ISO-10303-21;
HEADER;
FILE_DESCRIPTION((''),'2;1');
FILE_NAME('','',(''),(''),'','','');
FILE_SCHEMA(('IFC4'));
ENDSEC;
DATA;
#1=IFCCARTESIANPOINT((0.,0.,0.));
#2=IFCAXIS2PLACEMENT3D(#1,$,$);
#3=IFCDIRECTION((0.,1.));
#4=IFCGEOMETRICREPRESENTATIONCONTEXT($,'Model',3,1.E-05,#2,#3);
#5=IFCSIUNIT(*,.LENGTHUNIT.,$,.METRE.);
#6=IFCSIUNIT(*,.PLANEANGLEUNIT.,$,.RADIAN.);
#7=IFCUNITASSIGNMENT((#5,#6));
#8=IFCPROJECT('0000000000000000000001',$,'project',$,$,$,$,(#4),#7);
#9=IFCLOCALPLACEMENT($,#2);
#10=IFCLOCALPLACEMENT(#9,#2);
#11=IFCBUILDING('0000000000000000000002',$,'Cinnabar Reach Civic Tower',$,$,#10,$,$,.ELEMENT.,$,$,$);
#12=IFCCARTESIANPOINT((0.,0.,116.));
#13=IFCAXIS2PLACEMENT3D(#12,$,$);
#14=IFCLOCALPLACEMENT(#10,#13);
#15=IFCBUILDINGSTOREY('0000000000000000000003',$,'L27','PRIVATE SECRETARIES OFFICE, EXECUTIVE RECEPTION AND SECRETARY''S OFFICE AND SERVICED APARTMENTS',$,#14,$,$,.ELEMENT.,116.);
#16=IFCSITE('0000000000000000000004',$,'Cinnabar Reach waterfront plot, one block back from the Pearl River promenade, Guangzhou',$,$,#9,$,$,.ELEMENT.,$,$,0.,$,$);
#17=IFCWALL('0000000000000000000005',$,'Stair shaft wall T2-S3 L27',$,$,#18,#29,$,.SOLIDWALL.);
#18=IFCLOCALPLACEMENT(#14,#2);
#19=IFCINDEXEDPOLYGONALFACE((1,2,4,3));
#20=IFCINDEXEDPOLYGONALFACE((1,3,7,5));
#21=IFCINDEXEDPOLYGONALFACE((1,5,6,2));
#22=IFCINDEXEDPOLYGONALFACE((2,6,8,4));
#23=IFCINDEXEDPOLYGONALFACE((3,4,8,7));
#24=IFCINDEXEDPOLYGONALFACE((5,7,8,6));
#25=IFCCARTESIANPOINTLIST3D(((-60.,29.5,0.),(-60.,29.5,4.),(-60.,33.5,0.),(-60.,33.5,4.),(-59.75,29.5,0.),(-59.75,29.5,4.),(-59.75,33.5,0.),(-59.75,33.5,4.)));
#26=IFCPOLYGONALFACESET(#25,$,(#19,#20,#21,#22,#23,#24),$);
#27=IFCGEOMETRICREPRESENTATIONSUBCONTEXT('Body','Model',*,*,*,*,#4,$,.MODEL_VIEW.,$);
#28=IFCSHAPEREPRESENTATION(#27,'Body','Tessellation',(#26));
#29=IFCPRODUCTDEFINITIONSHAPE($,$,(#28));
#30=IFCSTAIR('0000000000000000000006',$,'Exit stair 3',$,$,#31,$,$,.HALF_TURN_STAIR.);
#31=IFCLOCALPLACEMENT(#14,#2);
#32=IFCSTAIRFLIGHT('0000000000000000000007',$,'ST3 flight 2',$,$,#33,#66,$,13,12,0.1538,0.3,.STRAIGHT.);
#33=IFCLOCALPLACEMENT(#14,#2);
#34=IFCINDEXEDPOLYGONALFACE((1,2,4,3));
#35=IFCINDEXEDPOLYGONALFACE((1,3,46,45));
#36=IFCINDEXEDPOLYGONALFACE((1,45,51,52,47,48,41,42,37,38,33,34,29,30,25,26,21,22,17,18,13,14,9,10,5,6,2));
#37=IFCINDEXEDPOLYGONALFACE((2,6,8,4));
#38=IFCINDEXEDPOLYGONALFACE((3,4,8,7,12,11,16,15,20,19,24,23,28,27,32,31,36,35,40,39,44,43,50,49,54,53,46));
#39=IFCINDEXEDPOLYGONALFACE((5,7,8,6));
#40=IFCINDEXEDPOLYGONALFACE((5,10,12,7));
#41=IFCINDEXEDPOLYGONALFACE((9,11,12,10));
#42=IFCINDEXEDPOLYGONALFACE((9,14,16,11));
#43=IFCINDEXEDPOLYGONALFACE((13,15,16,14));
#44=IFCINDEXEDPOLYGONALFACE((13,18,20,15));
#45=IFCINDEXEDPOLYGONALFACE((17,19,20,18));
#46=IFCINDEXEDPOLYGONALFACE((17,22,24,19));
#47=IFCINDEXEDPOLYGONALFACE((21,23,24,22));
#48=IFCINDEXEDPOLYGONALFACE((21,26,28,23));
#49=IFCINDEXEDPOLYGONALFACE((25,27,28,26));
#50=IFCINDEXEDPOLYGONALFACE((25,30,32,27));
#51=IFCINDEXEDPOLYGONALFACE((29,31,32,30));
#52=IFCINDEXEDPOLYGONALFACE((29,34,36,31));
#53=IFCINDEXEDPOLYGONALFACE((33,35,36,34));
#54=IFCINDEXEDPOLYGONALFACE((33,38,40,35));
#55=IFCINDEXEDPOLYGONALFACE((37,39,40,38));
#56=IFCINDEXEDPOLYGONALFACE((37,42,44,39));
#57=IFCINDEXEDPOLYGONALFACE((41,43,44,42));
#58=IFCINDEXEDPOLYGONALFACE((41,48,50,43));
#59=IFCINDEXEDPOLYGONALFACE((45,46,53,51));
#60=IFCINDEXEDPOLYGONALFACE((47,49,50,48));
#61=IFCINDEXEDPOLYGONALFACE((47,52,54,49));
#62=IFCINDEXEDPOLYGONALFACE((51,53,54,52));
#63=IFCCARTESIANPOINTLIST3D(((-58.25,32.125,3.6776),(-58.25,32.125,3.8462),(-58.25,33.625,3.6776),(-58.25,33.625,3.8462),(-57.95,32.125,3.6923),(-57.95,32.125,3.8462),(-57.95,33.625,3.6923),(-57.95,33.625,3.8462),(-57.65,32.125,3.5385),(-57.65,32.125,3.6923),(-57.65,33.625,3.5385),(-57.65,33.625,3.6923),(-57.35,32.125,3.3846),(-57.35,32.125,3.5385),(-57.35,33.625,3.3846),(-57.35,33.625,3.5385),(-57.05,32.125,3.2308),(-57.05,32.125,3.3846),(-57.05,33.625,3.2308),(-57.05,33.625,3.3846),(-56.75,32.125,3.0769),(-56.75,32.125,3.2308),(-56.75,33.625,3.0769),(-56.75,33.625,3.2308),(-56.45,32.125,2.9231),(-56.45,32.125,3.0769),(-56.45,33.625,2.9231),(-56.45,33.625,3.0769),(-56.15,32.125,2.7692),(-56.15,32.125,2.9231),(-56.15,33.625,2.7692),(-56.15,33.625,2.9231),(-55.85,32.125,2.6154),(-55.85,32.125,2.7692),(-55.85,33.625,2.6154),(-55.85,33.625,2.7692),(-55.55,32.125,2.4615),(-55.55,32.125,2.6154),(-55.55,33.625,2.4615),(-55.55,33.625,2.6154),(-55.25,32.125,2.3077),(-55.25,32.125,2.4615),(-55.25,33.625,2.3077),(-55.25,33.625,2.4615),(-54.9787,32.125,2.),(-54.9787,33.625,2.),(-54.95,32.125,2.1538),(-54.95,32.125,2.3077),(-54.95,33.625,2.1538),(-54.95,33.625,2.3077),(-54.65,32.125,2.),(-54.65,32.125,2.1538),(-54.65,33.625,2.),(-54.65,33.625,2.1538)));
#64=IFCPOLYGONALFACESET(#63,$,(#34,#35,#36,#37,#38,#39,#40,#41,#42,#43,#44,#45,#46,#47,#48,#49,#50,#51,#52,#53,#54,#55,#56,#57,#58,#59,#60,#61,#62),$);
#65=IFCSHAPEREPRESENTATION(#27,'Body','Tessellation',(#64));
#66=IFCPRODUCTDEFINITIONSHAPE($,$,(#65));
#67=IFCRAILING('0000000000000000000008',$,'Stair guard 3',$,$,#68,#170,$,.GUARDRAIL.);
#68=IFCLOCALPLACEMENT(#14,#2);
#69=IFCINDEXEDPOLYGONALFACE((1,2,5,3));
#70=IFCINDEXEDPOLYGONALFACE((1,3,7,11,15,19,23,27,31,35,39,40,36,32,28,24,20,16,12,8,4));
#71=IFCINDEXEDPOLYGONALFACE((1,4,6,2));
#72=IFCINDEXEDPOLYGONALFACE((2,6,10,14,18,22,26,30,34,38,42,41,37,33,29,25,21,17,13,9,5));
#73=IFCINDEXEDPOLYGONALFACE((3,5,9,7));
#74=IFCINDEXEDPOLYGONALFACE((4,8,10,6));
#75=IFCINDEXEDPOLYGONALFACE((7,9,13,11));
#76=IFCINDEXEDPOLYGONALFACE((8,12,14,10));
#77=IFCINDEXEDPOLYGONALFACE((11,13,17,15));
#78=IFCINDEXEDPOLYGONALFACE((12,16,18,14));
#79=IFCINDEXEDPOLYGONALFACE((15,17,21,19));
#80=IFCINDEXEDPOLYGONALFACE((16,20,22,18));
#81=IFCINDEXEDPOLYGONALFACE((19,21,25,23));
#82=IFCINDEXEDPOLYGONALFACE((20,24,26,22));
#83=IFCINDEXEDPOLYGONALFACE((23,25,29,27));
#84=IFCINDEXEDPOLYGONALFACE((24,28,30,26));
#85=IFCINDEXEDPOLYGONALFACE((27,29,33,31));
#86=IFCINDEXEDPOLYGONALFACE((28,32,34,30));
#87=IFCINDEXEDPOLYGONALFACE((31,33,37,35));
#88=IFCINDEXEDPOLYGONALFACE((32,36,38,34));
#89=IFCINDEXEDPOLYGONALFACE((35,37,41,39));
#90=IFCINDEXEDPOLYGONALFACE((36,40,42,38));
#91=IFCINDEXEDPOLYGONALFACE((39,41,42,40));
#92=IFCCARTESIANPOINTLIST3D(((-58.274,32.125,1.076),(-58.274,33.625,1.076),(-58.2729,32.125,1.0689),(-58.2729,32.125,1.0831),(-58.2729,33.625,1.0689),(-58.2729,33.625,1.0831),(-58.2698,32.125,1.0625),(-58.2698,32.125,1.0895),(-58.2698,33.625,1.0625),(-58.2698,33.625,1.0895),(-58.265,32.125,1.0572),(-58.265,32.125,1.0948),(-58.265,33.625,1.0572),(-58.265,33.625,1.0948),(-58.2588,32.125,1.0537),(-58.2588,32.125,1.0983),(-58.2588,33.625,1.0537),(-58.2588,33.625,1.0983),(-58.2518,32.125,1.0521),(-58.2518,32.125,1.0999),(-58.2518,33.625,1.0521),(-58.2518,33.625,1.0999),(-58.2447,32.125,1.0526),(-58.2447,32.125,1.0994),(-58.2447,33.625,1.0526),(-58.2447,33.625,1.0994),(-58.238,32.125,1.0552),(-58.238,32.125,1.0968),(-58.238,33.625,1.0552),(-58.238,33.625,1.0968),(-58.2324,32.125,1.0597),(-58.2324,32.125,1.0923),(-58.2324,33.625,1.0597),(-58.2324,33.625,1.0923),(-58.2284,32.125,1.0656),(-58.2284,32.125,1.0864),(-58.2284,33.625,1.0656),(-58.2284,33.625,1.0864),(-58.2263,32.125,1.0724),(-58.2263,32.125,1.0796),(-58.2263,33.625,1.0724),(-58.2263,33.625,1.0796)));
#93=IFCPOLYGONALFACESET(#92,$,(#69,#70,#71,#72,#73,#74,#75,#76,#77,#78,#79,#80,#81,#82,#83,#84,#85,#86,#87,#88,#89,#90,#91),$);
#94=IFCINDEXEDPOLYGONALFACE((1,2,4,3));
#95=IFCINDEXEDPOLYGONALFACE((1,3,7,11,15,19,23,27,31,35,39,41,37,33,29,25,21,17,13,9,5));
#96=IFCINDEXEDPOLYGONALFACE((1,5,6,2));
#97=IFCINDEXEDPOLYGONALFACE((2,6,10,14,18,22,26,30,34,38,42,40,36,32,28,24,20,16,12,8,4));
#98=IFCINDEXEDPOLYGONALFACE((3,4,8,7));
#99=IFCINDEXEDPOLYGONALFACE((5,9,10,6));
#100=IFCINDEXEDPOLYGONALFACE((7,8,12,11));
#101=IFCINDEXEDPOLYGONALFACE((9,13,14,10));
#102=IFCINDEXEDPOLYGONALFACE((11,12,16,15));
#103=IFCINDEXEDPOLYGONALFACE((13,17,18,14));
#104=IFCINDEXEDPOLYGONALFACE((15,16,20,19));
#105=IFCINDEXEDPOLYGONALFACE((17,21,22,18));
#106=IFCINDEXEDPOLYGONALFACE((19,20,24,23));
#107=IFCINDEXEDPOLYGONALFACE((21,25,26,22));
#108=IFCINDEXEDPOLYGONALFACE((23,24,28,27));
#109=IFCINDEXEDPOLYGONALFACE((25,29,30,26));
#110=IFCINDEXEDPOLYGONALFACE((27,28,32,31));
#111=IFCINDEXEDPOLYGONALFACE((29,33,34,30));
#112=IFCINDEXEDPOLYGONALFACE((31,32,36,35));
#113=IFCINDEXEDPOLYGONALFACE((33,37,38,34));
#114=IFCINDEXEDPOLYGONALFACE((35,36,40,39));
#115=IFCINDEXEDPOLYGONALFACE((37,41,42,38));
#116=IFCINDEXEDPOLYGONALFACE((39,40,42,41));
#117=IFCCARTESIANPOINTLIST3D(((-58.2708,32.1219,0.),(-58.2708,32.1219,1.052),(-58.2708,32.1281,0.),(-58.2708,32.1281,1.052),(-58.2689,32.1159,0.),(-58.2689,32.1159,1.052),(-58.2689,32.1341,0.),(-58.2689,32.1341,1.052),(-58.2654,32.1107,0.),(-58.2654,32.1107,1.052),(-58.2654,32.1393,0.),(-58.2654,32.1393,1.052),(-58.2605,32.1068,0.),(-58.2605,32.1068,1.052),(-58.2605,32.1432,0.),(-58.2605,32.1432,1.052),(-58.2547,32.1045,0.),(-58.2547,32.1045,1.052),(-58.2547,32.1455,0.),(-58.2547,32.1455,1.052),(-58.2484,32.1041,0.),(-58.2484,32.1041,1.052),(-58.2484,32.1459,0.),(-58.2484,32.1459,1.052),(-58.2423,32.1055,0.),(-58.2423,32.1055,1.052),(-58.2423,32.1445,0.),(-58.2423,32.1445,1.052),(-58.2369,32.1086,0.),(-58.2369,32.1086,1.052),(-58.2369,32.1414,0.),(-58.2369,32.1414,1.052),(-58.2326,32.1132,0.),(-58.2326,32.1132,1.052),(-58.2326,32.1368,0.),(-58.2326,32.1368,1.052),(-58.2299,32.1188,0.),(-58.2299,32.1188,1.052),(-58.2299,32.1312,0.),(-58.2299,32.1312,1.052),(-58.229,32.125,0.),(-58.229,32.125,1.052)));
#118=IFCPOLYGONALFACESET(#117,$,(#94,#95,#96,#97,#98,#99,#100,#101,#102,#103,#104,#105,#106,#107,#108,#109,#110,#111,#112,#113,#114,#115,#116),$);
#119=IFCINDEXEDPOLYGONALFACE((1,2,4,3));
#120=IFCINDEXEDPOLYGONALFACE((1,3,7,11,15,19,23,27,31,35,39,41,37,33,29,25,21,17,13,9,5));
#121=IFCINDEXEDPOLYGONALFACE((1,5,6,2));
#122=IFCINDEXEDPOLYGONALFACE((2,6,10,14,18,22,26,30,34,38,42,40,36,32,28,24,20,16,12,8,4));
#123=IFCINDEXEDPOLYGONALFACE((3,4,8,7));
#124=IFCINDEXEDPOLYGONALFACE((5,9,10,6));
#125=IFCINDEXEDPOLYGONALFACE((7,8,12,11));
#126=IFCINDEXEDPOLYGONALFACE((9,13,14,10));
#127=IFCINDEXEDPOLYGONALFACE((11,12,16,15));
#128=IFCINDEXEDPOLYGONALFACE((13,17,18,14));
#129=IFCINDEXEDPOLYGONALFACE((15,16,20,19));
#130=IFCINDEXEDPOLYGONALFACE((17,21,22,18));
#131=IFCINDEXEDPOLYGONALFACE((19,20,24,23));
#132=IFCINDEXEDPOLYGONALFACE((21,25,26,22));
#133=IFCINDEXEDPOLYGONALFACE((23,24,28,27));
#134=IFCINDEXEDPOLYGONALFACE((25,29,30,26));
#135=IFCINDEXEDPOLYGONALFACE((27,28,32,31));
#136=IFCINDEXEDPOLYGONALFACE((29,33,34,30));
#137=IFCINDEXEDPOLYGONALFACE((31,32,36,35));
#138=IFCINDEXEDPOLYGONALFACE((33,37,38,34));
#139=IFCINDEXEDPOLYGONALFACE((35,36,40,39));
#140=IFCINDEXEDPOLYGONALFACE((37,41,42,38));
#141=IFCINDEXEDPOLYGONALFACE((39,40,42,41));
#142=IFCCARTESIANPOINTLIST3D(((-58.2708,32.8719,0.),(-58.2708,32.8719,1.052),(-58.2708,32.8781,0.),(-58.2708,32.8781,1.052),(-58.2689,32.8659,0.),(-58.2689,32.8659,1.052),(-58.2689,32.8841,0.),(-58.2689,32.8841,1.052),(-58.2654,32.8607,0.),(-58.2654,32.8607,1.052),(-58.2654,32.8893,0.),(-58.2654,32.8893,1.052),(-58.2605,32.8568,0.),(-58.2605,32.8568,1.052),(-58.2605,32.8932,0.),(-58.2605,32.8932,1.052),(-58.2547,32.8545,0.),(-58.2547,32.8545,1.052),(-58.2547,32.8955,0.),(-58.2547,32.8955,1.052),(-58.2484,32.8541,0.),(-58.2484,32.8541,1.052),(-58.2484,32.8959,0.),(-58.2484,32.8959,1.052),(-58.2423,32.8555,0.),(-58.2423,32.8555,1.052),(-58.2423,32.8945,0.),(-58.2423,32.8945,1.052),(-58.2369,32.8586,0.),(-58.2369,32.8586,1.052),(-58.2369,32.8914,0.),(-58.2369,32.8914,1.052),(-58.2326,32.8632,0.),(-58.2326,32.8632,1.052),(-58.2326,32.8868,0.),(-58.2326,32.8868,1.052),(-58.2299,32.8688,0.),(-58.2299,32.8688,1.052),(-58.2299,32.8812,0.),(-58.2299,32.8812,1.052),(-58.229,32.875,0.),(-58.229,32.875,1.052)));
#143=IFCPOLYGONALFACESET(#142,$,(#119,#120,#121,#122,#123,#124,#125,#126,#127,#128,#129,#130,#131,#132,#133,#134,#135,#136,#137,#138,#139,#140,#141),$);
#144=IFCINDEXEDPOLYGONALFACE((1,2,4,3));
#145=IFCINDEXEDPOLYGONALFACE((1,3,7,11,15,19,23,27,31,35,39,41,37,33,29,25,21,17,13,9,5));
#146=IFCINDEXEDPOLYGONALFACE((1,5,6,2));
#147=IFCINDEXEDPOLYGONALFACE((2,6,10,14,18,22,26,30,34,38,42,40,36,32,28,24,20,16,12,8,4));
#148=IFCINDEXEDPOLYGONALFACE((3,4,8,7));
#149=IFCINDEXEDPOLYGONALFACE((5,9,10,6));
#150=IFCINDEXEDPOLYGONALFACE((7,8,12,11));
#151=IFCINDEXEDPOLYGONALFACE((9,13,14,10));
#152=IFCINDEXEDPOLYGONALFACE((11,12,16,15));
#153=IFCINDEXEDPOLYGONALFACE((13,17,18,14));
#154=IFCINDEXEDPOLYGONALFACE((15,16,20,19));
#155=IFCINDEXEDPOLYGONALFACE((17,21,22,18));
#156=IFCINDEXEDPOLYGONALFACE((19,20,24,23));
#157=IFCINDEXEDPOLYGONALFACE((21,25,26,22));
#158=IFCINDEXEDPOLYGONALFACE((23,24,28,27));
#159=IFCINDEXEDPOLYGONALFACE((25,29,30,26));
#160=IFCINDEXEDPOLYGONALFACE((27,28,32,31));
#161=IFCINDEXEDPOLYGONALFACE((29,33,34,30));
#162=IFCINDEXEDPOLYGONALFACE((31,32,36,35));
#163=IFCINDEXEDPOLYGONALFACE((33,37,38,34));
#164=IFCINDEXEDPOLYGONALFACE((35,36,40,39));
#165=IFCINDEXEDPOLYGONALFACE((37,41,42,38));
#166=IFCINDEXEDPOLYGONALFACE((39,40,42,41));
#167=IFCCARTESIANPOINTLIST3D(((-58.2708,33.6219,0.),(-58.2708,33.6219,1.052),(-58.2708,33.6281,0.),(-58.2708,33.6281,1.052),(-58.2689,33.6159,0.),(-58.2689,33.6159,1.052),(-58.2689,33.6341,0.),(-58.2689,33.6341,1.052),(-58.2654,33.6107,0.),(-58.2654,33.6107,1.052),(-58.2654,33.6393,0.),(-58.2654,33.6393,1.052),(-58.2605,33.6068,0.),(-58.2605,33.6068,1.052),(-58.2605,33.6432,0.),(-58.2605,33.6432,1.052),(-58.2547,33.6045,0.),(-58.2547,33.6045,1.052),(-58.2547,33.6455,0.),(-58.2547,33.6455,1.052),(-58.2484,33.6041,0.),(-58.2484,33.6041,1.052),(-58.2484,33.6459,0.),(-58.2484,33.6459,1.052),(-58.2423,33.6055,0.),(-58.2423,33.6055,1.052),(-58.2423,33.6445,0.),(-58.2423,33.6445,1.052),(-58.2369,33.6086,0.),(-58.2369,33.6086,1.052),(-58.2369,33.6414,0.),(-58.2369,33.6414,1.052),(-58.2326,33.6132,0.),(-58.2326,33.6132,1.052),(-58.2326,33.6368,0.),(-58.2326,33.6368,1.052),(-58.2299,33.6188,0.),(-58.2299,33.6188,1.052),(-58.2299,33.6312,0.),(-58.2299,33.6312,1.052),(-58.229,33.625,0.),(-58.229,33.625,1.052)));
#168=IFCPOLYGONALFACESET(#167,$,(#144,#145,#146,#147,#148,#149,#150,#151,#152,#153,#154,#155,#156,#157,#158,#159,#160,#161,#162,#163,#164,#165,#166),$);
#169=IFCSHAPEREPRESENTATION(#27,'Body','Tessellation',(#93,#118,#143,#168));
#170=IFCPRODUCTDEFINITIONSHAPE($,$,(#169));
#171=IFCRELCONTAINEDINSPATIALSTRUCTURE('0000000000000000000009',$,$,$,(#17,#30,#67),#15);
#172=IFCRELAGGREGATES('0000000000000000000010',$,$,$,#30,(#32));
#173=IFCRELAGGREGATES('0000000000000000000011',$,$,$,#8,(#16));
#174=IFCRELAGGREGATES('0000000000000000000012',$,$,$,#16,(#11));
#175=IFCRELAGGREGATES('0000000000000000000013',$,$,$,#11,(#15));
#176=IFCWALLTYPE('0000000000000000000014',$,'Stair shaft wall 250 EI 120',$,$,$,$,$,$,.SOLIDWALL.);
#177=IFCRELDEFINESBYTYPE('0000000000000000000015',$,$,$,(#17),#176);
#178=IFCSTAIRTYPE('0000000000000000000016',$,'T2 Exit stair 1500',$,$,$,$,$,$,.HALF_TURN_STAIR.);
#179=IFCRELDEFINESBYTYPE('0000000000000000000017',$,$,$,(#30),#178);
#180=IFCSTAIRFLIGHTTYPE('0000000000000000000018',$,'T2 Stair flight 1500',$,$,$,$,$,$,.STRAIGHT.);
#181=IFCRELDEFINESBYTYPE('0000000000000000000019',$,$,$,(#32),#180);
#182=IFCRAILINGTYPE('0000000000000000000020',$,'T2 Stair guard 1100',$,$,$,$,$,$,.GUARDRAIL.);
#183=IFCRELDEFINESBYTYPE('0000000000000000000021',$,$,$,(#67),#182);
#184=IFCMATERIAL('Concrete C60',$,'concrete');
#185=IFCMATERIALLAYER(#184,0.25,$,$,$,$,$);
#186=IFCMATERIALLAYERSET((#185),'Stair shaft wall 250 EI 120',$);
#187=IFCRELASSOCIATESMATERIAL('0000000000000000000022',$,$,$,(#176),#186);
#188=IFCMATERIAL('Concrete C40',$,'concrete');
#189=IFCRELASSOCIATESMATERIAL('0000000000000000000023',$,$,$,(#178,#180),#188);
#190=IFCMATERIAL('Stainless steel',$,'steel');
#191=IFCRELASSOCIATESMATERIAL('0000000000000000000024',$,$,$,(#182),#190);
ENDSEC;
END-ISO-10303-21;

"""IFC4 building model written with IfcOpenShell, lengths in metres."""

from ifc_helpers import new_model, si_unit, direction, frame, frame_2d, origin, origin_2d, place, context, subcontext, project, spatial, polyline, rectangle, circle, outline, extrude, material, layer, layer_set, type_object, element, aggregate, save


model = new_model("IFC4")

# Units and contexts
model_context = context("Model", 3, precision=1e-05, world=origin(), true_north=direction((0.0, 1.0)))
body_context = subcontext(model_context, "Body", "Model", "MODEL_VIEW")
ifc_project = project(units=[si_unit("LENGTHUNIT", "METRE"), si_unit("PLANEANGLEUNIT", "RADIAN")], contexts=[model_context])

# Site, building, storey
site_placement = place(None, origin())
site = spatial("IfcSite", under=ifc_project, at=site_placement, Name="Cinnabar Reach waterfront plot, one block back from the Pearl River promenade, Guangzhou", CompositionType="ELEMENT", RefElevation=0.0)
building_placement = place(site_placement, origin())
building = spatial("IfcBuilding", under=site, at=building_placement, Name="Cinnabar Reach Civic Tower", CompositionType="ELEMENT")
storey_placement = place(building_placement, frame((0.0, 0.0, 116.0)))
storey = spatial("IfcBuildingStorey", under=building, at=storey_placement, Name="L27", Description="PRIVATE SECRETARIES OFFICE, EXECUTIVE RECEPTION AND SECRETARY'S OFFICE AND SERVICED APARTMENTS", CompositionType="ELEMENT", Elevation=116.0)

# Shared definitions
ifc_material_1 = material(Name="Concrete C60", Category="concrete")

# Wall
ifc_layer_1 = layer(ifc_material_1, 0.25)
ifc_layer_set_1 = layer_set([ifc_layer_1], Name="Stair shaft wall 250 EI 120")
wall_type_1 = type_object("IfcWallType", Name="Stair shaft wall 250 EI 120", PredefinedType="SOLIDWALL", material=ifc_layer_set_1)
wall_1_placement = place(storey_placement, frame((-59.875, 33.5, 0.0), z_axis=(0.0, 0.0, 1.0), x_axis=(0.0, -1.0, 0.0)))
element("IfcWall", 1, at=wall_1_placement, inside=storey, type_object=wall_type_1, Name="Stair shaft wall T2-S3 L27", PredefinedType="SOLIDWALL", context=body_context, shape_type="SweptSolid", body=[
    extrude(rectangle(XDim=4.0, YDim=0.25, at=frame_2d((2.0, 0.0))), origin(), (0.0, 0.0, 1.0), 4.0),
])

# Stair, stair flight
ifc_material_2 = material(Name="Concrete C40", Category="concrete")
stair_type = type_object("IfcStairType", Name="T2 Exit stair 1500", PredefinedType="HALF_TURN_STAIR", material=ifc_material_2)
stair_placement = place(storey_placement, origin())
stair = element("IfcStair", 2, at=stair_placement, inside=storey, type_object=stair_type, Name="Exit stair 3", PredefinedType="HALF_TURN_STAIR")
stair_flight_type = type_object("IfcStairFlightType", Name="T2 Stair flight 1500", PredefinedType="STRAIGHT", material=ifc_material_2)
stair_flight_placement = place(storey_placement, frame((-54.65, 32.875, 2.0), z_axis=(0.0, 0.0, 1.0), x_axis=(-1.0, 0.0, 0.0)))
stair_flight = element("IfcStairFlight", 3, at=stair_flight_placement, type_object=stair_flight_type, Name="ST3 flight 2", NumberOfRisers=13, NumberOfTreads=12, PredefinedType="STRAIGHT", RiserHeight=0.1538, TreadLength=0.3, context=body_context, shape_type="SweptSolid", body=[
    extrude(outline(polyline([(0.0, 0.0), (0.0, 0.1538), (0.3, 0.1538), (0.3, 0.3077), (0.6, 0.3077), (0.6, 0.4615), (0.9, 0.4615), (0.9, 0.6154), (1.2, 0.6154), (1.2, 0.7692), (1.5, 0.7692), (1.5, 0.9231), (1.8, 0.9231), (1.8, 1.0769), (2.1, 1.0769), (2.1, 1.2308), (2.4, 1.2308), (2.4, 1.3846), (2.7, 1.3846), (2.7, 1.5385), (3.0, 1.5385), (3.0, 1.6923), (3.3, 1.6923), (3.3, 1.8462), (3.6, 1.8462), (3.6, 2.0), (3.6, 1.6776), (0.3287, 0.0), (0.0, 0.0)])), frame((0.0, 0.75, 0.0), z_axis=(0.0, -1.0, 0.0), x_axis=(1.0, 0.0, 0.0)), (0.0, 0.0, 1.0), 1.5),
])
aggregate(stair, [stair_flight])

# Railing
ifc_material_3 = material(Name="Stainless steel", Category="steel")
railing_type = type_object("IfcRailingType", Name="T2 Stair guard 1100", PredefinedType="GUARDRAIL", material=ifc_material_3)
railing_1_placement = place(storey_placement, frame((-58.25, 32.125, 0.0)))
element("IfcRailing", 4, at=railing_1_placement, inside=storey, type_object=railing_type, Name="Stair guard 3", PredefinedType="GUARDRAIL", context=body_context, shape_type="SweptSolid", body=[
    extrude(circle(Radius=0.024, at=origin_2d()), frame((0.0, 0.0, 1.076), z_axis=(0.0, 1.0, 0.0), x_axis=(-1.0, 0.0, 0.0)), (0.0, 0.0, 1.0), 1.5),
    extrude(circle(Radius=0.021, at=origin_2d()), origin(), (0.0, 0.0, 1.0), 1.052),
    extrude(circle(Radius=0.021, at=origin_2d()), frame((0.0, 0.75, 0.0)), (0.0, 0.0, 1.0), 1.052),
    extrude(circle(Radius=0.021, at=origin_2d()), frame((0.0, 1.5, 0.0)), (0.0, 0.0, 1.0), 1.052),
])

save(model, "model.ifc")
